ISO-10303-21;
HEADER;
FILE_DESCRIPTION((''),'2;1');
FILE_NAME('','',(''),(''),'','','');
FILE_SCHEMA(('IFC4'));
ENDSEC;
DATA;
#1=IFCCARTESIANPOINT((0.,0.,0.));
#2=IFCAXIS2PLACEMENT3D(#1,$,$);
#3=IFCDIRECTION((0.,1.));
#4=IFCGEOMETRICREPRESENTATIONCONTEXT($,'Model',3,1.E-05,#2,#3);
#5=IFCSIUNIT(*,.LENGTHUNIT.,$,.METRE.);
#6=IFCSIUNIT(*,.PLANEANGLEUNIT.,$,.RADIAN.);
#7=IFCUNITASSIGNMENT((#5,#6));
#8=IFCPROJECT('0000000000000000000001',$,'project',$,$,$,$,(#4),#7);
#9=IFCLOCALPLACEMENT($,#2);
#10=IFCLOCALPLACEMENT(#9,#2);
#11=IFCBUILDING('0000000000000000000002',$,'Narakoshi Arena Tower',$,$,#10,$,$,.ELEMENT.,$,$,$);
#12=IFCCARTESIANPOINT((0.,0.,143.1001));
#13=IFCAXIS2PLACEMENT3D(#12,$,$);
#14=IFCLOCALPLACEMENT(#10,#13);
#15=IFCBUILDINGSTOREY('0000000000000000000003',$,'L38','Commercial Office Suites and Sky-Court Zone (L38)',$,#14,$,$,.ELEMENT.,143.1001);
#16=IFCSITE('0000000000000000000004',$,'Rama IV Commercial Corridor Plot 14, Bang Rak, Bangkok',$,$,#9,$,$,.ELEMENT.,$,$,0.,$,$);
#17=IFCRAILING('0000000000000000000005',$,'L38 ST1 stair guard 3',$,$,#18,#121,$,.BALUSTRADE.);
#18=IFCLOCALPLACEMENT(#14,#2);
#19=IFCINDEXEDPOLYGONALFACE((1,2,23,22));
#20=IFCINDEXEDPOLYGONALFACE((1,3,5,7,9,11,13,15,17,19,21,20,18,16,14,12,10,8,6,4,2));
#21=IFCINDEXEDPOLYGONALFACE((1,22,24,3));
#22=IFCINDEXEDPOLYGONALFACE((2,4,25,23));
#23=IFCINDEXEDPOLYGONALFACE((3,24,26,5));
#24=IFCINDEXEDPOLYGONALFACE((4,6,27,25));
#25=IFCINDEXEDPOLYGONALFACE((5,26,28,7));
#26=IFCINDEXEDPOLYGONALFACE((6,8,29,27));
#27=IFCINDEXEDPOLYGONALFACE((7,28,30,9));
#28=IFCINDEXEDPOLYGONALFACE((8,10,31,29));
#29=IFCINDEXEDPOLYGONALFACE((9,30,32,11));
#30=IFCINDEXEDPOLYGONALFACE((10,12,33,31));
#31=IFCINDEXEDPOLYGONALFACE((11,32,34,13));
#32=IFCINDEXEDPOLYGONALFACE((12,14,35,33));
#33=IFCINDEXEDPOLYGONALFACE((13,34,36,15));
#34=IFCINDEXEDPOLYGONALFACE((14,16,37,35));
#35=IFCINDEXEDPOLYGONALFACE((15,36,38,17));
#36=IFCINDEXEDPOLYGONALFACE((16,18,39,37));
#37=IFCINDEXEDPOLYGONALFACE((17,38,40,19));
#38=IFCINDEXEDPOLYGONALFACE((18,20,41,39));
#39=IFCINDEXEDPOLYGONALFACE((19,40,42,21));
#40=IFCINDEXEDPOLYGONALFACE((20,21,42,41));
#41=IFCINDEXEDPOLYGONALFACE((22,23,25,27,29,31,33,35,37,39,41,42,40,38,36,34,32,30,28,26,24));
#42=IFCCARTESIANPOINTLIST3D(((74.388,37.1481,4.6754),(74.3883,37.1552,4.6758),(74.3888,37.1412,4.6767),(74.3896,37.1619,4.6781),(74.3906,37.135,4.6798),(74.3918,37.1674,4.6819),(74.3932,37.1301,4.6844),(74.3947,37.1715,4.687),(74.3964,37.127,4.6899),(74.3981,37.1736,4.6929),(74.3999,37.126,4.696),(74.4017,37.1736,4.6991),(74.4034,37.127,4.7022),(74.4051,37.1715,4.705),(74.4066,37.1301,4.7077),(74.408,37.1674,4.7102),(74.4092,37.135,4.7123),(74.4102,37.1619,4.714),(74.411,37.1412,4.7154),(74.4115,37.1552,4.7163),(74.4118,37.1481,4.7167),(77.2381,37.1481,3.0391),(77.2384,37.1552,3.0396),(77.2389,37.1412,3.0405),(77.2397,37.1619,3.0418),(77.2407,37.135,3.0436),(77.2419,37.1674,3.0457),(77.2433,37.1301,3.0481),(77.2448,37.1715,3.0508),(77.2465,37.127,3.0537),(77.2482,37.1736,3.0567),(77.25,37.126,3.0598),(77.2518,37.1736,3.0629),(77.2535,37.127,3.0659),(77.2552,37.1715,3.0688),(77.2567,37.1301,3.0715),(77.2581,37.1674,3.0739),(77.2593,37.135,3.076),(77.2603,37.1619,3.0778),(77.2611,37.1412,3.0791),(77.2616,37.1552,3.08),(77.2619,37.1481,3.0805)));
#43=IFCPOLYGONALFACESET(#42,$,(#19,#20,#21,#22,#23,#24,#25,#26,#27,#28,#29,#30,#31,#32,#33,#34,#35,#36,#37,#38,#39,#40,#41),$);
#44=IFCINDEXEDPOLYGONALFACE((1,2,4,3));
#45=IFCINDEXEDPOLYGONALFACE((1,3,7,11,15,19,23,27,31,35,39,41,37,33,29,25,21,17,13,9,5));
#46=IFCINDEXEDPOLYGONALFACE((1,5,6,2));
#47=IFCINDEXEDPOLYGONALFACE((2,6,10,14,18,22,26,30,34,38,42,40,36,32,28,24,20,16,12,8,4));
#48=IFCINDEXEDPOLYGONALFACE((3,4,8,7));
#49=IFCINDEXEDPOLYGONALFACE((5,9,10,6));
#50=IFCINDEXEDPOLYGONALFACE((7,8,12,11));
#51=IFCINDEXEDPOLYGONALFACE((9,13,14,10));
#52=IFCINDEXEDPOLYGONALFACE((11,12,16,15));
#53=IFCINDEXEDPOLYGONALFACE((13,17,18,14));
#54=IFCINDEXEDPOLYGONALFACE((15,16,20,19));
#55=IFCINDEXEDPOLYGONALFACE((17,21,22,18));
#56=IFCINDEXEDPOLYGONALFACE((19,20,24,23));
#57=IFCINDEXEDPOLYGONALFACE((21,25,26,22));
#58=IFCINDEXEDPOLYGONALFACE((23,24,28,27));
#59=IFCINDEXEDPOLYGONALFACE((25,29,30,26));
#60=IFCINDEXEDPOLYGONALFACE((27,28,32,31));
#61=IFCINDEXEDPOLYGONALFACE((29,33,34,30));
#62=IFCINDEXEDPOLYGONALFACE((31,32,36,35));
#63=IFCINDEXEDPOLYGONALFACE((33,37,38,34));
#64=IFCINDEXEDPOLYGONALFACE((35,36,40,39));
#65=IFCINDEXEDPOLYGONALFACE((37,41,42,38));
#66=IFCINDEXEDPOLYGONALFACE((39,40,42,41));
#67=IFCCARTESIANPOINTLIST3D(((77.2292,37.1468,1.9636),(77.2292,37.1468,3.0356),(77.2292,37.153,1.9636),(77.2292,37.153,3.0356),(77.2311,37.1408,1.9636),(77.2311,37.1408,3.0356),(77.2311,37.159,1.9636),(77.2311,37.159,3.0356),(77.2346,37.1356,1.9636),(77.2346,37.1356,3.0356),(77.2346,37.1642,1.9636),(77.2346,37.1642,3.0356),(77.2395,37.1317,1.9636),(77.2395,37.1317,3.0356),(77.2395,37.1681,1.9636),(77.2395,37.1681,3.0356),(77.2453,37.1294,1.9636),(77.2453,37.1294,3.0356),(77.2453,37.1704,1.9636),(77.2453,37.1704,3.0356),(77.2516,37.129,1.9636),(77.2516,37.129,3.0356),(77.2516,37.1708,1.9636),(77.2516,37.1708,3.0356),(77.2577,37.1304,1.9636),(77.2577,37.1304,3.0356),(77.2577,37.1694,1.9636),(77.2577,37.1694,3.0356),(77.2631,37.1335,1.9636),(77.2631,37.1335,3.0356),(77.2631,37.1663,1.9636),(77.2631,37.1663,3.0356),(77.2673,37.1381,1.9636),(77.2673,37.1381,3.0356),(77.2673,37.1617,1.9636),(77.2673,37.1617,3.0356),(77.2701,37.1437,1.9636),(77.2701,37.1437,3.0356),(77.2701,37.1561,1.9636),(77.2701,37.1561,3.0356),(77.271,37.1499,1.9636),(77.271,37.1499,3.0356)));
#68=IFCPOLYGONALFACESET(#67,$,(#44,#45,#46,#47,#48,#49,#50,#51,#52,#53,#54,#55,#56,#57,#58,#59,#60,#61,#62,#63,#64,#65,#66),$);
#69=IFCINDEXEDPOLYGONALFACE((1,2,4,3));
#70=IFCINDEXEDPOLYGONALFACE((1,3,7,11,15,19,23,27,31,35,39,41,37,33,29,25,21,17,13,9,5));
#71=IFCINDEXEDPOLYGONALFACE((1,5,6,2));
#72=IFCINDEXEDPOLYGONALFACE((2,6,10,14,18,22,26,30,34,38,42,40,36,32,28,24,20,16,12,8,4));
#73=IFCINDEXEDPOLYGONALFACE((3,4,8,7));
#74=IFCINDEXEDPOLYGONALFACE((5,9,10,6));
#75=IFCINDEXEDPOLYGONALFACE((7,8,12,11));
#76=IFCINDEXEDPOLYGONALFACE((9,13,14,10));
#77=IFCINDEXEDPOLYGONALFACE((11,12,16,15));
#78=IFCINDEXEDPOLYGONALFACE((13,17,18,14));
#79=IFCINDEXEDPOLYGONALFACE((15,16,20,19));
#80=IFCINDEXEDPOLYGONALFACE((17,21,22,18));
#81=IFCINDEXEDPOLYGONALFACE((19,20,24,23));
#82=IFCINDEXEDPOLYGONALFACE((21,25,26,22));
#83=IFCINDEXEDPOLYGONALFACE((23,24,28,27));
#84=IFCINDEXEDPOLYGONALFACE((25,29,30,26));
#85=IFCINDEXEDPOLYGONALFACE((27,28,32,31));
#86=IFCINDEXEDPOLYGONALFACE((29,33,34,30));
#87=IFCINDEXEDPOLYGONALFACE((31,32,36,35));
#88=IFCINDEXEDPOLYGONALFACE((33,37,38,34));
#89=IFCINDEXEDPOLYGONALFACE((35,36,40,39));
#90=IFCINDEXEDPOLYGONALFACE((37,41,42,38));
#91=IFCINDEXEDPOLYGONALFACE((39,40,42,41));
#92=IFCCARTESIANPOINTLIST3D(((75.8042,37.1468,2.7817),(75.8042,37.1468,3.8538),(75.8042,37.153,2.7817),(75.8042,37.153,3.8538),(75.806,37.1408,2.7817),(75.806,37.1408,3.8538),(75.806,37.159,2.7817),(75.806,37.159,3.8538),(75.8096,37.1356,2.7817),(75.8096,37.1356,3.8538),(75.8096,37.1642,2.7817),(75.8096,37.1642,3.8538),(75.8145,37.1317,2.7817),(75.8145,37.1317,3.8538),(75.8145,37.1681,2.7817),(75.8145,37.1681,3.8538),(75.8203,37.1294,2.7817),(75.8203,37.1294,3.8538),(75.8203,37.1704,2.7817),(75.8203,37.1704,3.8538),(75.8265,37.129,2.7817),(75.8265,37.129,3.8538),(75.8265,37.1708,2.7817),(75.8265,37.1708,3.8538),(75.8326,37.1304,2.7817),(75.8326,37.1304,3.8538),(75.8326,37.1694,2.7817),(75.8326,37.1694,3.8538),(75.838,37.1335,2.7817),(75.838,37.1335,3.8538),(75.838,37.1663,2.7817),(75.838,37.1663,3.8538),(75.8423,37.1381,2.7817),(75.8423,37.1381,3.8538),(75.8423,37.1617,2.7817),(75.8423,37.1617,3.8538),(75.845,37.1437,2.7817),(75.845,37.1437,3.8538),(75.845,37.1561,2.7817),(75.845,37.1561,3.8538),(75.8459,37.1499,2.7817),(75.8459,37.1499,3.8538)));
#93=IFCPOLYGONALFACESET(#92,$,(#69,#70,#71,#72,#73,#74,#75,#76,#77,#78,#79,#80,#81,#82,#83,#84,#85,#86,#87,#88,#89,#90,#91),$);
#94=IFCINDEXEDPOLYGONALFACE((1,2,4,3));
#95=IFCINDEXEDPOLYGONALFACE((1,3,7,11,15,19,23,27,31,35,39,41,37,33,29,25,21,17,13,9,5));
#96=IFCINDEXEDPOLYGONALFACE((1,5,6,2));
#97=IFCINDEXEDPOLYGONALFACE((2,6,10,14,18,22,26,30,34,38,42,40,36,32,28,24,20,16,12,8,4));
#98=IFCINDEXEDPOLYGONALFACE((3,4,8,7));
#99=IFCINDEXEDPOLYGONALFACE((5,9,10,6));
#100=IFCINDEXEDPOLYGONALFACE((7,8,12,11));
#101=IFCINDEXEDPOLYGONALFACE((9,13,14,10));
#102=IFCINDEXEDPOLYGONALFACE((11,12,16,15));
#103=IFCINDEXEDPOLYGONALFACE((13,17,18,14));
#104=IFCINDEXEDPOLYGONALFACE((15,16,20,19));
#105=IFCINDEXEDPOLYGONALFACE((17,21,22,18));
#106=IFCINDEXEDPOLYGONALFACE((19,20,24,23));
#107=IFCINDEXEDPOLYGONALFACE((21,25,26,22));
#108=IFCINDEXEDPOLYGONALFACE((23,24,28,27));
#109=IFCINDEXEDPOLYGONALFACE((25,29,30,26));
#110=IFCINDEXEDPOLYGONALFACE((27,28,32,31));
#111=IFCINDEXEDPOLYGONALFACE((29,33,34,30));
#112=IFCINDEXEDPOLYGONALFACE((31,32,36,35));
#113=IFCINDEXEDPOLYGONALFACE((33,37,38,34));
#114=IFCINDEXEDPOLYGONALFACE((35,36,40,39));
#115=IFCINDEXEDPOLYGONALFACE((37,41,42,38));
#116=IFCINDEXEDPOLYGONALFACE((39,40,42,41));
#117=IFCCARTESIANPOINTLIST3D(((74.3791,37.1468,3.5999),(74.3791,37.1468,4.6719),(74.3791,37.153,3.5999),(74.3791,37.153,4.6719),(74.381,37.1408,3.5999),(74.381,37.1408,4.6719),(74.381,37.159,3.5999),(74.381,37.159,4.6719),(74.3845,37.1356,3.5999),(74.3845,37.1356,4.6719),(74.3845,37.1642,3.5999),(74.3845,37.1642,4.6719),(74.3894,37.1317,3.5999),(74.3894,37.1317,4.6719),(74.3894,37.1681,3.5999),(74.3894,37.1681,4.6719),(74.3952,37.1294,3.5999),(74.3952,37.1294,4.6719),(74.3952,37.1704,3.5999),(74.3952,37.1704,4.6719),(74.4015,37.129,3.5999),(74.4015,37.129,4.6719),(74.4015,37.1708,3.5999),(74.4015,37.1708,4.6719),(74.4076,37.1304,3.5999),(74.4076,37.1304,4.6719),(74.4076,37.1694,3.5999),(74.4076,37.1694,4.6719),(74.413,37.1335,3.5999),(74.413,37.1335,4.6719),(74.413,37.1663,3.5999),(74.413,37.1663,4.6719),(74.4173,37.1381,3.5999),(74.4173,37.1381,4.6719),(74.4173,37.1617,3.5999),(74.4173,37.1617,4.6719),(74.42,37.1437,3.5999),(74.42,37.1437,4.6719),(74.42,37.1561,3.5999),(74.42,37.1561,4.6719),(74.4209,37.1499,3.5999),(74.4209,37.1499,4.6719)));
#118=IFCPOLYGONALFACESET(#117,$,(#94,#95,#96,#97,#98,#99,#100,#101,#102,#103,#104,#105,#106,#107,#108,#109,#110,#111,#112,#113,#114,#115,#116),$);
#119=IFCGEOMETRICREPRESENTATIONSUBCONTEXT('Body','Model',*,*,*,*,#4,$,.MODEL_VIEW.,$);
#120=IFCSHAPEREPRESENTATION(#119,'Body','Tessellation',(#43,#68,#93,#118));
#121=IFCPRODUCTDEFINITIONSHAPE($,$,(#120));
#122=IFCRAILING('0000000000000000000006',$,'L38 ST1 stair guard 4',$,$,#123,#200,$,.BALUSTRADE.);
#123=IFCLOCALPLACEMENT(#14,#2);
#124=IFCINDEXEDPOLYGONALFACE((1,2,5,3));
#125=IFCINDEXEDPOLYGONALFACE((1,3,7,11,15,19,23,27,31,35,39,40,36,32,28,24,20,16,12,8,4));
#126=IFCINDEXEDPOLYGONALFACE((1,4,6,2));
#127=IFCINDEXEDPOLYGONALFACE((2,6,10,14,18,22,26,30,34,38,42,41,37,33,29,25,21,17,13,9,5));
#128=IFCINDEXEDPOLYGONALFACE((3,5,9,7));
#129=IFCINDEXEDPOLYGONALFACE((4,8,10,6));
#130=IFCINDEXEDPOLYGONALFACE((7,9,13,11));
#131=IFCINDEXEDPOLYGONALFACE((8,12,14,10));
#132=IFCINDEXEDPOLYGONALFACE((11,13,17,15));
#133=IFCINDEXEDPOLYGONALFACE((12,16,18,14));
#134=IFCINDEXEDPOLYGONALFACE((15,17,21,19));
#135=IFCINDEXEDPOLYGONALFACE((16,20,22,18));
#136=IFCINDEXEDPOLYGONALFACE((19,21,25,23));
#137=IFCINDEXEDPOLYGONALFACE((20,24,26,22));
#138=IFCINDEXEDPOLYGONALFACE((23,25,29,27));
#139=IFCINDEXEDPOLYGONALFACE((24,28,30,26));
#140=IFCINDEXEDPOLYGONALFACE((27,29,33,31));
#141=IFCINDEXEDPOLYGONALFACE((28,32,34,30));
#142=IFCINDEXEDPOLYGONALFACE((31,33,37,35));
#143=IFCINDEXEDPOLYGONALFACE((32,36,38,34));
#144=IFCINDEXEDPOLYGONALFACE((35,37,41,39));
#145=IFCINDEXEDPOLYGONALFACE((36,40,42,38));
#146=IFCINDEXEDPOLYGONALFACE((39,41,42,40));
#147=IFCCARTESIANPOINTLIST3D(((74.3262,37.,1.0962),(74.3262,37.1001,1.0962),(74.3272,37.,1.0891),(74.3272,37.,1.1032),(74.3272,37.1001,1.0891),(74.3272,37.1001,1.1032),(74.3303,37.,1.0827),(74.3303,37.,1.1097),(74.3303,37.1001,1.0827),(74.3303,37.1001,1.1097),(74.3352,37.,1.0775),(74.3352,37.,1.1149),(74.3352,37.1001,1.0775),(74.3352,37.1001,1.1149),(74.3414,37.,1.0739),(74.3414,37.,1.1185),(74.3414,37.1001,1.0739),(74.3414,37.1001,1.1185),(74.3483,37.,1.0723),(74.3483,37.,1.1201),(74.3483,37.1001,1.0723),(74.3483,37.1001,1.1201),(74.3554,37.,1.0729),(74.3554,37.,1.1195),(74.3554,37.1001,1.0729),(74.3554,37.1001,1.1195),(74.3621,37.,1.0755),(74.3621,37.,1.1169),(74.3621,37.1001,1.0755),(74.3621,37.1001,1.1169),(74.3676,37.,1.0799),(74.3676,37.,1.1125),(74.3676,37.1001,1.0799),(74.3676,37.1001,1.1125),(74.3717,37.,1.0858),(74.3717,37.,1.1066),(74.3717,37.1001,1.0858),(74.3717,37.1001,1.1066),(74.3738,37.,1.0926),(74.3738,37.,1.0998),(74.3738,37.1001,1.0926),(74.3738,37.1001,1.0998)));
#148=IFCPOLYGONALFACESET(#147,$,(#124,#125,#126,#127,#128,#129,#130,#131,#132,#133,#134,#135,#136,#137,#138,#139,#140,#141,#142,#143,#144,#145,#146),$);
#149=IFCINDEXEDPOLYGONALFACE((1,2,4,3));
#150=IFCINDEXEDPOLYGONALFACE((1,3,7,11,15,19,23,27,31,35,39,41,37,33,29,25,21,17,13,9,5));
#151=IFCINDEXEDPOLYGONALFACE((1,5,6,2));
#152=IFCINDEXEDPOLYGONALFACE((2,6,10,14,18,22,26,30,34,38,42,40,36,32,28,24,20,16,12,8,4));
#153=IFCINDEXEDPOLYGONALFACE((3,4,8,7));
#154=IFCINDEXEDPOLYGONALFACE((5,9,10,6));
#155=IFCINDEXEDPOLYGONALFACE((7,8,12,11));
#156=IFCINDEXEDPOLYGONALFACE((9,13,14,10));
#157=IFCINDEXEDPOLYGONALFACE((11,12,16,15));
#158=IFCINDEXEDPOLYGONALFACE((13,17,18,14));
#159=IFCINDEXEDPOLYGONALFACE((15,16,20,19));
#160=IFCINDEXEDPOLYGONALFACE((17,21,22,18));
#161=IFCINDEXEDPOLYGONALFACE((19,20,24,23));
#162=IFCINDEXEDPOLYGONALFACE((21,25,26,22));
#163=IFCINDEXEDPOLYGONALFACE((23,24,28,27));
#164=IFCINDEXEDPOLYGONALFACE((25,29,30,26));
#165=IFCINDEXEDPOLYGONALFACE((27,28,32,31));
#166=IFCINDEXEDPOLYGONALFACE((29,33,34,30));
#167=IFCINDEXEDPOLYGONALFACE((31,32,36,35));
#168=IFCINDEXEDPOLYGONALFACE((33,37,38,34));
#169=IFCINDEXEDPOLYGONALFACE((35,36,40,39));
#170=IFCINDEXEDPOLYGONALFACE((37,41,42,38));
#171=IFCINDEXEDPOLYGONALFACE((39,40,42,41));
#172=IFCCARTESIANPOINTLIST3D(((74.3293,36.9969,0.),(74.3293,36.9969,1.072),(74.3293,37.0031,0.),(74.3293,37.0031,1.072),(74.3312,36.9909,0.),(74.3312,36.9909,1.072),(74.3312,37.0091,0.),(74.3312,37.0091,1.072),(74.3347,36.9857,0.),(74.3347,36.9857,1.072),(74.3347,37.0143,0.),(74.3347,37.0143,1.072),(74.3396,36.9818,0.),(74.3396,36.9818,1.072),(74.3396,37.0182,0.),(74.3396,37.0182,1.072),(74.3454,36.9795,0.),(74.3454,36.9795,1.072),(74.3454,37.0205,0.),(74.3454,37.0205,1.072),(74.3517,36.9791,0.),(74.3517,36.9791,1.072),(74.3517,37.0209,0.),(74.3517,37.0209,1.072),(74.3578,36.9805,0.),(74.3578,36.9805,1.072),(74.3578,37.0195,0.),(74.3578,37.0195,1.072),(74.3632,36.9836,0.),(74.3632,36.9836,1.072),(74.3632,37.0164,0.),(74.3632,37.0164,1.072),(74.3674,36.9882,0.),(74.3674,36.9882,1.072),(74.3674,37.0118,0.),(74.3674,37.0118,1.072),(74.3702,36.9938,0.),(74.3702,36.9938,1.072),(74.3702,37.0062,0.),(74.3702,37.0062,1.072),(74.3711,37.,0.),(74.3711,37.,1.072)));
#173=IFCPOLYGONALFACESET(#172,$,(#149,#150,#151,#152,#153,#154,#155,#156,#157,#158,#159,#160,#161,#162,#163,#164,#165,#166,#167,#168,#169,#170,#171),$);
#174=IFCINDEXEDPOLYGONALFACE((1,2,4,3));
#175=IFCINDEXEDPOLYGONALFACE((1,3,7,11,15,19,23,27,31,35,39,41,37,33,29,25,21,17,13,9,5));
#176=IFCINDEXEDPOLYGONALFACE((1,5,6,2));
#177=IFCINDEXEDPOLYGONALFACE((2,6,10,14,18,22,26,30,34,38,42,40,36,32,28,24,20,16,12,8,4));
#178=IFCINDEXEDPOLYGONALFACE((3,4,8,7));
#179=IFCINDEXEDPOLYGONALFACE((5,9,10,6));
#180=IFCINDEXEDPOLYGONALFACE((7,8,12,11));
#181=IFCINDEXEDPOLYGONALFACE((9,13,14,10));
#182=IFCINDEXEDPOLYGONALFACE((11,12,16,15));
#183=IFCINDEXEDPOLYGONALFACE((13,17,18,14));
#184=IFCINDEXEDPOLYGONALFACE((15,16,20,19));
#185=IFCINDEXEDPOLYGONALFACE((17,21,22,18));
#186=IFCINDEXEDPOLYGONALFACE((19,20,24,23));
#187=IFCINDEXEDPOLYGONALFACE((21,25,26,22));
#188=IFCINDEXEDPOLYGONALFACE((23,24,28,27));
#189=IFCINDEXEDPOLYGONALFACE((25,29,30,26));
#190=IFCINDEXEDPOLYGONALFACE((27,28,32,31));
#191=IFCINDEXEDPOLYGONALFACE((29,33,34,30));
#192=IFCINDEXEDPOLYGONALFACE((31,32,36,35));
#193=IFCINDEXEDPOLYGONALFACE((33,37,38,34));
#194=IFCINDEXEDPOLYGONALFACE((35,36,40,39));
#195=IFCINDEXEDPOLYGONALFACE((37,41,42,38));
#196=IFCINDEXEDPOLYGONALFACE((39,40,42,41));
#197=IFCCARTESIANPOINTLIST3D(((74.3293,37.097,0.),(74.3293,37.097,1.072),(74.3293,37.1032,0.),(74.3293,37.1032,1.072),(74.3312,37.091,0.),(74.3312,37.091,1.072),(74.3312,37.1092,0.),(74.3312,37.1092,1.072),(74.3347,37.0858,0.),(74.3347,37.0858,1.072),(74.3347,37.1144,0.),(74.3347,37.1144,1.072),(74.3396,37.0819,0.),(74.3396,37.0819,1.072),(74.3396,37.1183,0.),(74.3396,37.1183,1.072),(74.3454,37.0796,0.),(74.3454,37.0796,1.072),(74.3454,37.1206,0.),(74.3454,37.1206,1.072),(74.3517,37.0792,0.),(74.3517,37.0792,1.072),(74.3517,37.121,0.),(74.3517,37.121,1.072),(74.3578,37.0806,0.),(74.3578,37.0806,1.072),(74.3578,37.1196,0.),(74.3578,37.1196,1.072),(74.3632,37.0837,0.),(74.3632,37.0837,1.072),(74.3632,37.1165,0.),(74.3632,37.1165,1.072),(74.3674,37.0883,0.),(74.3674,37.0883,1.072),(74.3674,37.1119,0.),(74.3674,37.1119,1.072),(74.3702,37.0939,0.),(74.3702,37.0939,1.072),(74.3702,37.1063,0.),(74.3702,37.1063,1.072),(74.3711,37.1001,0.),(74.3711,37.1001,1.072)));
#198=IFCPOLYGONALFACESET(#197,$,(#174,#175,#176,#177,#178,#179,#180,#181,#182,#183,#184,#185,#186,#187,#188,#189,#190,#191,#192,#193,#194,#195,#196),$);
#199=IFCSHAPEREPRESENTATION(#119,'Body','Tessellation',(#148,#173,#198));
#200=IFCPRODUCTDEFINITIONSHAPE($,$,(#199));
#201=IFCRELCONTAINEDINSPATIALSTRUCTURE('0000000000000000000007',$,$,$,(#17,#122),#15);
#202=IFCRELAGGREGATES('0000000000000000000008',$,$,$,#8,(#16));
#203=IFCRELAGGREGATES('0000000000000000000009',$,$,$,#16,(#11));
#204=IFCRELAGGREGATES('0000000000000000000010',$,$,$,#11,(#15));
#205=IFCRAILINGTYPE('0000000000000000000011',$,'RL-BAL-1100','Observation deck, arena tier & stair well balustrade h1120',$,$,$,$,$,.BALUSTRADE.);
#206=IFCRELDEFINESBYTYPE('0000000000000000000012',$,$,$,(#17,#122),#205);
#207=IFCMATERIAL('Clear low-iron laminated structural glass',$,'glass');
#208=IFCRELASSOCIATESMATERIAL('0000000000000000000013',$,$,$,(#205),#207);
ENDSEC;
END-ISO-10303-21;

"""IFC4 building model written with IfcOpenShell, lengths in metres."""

from ifc_helpers import new_model, si_unit, direction, frame, origin, origin_2d, place, context, subcontext, project, spatial, circle, extrude, material, type_object, element, save


model = new_model("IFC4")

# Units and contexts
model_context = context("Model", 3, precision=1e-05, world=origin(), true_north=direction((0.0, 1.0)))
body_context = subcontext(model_context, "Body", "Model", "MODEL_VIEW")
ifc_project = project(units=[si_unit("LENGTHUNIT", "METRE"), si_unit("PLANEANGLEUNIT", "RADIAN")], contexts=[model_context])

# Site, building, storey
site_placement = place(None, origin())
site = spatial("IfcSite", under=ifc_project, at=site_placement, Name="Rama IV Commercial Corridor Plot 14, Bang Rak, Bangkok", CompositionType="ELEMENT", RefElevation=0.0)
building_placement = place(site_placement, origin())
building = spatial("IfcBuilding", under=site, at=building_placement, Name="Narakoshi Arena Tower", CompositionType="ELEMENT")
storey_placement = place(building_placement, frame((0.0, 0.0, 143.1001)))
storey = spatial("IfcBuildingStorey", under=building, at=storey_placement, Name="L38", Description="Commercial Office Suites and Sky-Court Zone (L38)", CompositionType="ELEMENT", Elevation=143.1001)

# Railings
ifc_material_1 = material(Name="Clear low-iron laminated structural glass", Category="glass")
railing_type_1 = type_object("IfcRailingType", Name="RL-BAL-1100", Description="Observation deck, arena tier & stair well balustrade h1120", PredefinedType="BALUSTRADE", material=ifc_material_1)
railing_1_placement = place(storey_placement, frame((77.25, 37.1499, 1.9636)))
element("IfcRailing", 1, at=railing_1_placement, inside=storey, type_object=railing_type_1, Name="L38 ST1 stair guard 3", PredefinedType="BALUSTRADE", context=body_context, shape_type="SweptSolid", body=[
    extrude(circle(Radius=0.0239, at=origin_2d()), frame((0.0, 0.0, 1.0962), z_axis=(-0.867245, 0.0, 0.497882), x_axis=(0.0, -1.0, 0.0)), (0.0, 0.0, 1.0), 3.2864),
    extrude(circle(Radius=0.021, at=origin_2d()), origin(), (0.0, 0.0, 1.0), 1.072),
    extrude(circle(Radius=0.021, at=origin_2d()), frame((-1.425, 0.0, 0.8181)), (0.0, 0.0, 1.0), 1.072),
    extrude(circle(Radius=0.021, at=origin_2d()), frame((-2.8501, 0.0, 1.6362)), (0.0, 0.0, 1.0), 1.072),
])
railing_2_placement = place(storey_placement, frame((74.3501, 37.0, 0.0)))
element("IfcRailing", 2, at=railing_2_placement, inside=storey, type_object=railing_type_1, Name="L38 ST1 stair guard 4", PredefinedType="BALUSTRADE", context=body_context, shape_type="SweptSolid", body=[
    extrude(circle(Radius=0.0239, at=origin_2d()), frame((0.0, 0.0, 1.0962), z_axis=(0.0, 1.0, 0.0), x_axis=(-1.0, 0.0, 0.0)), (0.0, 0.0, 1.0), 0.1001),
    extrude(circle(Radius=0.021, at=origin_2d()), origin(), (0.0, 0.0, 1.0), 1.072),
    extrude(circle(Radius=0.021, at=origin_2d()), frame((0.0, 0.1001, 0.0)), (0.0, 0.0, 1.0), 1.072),
])

save(model, "model.ifc")
